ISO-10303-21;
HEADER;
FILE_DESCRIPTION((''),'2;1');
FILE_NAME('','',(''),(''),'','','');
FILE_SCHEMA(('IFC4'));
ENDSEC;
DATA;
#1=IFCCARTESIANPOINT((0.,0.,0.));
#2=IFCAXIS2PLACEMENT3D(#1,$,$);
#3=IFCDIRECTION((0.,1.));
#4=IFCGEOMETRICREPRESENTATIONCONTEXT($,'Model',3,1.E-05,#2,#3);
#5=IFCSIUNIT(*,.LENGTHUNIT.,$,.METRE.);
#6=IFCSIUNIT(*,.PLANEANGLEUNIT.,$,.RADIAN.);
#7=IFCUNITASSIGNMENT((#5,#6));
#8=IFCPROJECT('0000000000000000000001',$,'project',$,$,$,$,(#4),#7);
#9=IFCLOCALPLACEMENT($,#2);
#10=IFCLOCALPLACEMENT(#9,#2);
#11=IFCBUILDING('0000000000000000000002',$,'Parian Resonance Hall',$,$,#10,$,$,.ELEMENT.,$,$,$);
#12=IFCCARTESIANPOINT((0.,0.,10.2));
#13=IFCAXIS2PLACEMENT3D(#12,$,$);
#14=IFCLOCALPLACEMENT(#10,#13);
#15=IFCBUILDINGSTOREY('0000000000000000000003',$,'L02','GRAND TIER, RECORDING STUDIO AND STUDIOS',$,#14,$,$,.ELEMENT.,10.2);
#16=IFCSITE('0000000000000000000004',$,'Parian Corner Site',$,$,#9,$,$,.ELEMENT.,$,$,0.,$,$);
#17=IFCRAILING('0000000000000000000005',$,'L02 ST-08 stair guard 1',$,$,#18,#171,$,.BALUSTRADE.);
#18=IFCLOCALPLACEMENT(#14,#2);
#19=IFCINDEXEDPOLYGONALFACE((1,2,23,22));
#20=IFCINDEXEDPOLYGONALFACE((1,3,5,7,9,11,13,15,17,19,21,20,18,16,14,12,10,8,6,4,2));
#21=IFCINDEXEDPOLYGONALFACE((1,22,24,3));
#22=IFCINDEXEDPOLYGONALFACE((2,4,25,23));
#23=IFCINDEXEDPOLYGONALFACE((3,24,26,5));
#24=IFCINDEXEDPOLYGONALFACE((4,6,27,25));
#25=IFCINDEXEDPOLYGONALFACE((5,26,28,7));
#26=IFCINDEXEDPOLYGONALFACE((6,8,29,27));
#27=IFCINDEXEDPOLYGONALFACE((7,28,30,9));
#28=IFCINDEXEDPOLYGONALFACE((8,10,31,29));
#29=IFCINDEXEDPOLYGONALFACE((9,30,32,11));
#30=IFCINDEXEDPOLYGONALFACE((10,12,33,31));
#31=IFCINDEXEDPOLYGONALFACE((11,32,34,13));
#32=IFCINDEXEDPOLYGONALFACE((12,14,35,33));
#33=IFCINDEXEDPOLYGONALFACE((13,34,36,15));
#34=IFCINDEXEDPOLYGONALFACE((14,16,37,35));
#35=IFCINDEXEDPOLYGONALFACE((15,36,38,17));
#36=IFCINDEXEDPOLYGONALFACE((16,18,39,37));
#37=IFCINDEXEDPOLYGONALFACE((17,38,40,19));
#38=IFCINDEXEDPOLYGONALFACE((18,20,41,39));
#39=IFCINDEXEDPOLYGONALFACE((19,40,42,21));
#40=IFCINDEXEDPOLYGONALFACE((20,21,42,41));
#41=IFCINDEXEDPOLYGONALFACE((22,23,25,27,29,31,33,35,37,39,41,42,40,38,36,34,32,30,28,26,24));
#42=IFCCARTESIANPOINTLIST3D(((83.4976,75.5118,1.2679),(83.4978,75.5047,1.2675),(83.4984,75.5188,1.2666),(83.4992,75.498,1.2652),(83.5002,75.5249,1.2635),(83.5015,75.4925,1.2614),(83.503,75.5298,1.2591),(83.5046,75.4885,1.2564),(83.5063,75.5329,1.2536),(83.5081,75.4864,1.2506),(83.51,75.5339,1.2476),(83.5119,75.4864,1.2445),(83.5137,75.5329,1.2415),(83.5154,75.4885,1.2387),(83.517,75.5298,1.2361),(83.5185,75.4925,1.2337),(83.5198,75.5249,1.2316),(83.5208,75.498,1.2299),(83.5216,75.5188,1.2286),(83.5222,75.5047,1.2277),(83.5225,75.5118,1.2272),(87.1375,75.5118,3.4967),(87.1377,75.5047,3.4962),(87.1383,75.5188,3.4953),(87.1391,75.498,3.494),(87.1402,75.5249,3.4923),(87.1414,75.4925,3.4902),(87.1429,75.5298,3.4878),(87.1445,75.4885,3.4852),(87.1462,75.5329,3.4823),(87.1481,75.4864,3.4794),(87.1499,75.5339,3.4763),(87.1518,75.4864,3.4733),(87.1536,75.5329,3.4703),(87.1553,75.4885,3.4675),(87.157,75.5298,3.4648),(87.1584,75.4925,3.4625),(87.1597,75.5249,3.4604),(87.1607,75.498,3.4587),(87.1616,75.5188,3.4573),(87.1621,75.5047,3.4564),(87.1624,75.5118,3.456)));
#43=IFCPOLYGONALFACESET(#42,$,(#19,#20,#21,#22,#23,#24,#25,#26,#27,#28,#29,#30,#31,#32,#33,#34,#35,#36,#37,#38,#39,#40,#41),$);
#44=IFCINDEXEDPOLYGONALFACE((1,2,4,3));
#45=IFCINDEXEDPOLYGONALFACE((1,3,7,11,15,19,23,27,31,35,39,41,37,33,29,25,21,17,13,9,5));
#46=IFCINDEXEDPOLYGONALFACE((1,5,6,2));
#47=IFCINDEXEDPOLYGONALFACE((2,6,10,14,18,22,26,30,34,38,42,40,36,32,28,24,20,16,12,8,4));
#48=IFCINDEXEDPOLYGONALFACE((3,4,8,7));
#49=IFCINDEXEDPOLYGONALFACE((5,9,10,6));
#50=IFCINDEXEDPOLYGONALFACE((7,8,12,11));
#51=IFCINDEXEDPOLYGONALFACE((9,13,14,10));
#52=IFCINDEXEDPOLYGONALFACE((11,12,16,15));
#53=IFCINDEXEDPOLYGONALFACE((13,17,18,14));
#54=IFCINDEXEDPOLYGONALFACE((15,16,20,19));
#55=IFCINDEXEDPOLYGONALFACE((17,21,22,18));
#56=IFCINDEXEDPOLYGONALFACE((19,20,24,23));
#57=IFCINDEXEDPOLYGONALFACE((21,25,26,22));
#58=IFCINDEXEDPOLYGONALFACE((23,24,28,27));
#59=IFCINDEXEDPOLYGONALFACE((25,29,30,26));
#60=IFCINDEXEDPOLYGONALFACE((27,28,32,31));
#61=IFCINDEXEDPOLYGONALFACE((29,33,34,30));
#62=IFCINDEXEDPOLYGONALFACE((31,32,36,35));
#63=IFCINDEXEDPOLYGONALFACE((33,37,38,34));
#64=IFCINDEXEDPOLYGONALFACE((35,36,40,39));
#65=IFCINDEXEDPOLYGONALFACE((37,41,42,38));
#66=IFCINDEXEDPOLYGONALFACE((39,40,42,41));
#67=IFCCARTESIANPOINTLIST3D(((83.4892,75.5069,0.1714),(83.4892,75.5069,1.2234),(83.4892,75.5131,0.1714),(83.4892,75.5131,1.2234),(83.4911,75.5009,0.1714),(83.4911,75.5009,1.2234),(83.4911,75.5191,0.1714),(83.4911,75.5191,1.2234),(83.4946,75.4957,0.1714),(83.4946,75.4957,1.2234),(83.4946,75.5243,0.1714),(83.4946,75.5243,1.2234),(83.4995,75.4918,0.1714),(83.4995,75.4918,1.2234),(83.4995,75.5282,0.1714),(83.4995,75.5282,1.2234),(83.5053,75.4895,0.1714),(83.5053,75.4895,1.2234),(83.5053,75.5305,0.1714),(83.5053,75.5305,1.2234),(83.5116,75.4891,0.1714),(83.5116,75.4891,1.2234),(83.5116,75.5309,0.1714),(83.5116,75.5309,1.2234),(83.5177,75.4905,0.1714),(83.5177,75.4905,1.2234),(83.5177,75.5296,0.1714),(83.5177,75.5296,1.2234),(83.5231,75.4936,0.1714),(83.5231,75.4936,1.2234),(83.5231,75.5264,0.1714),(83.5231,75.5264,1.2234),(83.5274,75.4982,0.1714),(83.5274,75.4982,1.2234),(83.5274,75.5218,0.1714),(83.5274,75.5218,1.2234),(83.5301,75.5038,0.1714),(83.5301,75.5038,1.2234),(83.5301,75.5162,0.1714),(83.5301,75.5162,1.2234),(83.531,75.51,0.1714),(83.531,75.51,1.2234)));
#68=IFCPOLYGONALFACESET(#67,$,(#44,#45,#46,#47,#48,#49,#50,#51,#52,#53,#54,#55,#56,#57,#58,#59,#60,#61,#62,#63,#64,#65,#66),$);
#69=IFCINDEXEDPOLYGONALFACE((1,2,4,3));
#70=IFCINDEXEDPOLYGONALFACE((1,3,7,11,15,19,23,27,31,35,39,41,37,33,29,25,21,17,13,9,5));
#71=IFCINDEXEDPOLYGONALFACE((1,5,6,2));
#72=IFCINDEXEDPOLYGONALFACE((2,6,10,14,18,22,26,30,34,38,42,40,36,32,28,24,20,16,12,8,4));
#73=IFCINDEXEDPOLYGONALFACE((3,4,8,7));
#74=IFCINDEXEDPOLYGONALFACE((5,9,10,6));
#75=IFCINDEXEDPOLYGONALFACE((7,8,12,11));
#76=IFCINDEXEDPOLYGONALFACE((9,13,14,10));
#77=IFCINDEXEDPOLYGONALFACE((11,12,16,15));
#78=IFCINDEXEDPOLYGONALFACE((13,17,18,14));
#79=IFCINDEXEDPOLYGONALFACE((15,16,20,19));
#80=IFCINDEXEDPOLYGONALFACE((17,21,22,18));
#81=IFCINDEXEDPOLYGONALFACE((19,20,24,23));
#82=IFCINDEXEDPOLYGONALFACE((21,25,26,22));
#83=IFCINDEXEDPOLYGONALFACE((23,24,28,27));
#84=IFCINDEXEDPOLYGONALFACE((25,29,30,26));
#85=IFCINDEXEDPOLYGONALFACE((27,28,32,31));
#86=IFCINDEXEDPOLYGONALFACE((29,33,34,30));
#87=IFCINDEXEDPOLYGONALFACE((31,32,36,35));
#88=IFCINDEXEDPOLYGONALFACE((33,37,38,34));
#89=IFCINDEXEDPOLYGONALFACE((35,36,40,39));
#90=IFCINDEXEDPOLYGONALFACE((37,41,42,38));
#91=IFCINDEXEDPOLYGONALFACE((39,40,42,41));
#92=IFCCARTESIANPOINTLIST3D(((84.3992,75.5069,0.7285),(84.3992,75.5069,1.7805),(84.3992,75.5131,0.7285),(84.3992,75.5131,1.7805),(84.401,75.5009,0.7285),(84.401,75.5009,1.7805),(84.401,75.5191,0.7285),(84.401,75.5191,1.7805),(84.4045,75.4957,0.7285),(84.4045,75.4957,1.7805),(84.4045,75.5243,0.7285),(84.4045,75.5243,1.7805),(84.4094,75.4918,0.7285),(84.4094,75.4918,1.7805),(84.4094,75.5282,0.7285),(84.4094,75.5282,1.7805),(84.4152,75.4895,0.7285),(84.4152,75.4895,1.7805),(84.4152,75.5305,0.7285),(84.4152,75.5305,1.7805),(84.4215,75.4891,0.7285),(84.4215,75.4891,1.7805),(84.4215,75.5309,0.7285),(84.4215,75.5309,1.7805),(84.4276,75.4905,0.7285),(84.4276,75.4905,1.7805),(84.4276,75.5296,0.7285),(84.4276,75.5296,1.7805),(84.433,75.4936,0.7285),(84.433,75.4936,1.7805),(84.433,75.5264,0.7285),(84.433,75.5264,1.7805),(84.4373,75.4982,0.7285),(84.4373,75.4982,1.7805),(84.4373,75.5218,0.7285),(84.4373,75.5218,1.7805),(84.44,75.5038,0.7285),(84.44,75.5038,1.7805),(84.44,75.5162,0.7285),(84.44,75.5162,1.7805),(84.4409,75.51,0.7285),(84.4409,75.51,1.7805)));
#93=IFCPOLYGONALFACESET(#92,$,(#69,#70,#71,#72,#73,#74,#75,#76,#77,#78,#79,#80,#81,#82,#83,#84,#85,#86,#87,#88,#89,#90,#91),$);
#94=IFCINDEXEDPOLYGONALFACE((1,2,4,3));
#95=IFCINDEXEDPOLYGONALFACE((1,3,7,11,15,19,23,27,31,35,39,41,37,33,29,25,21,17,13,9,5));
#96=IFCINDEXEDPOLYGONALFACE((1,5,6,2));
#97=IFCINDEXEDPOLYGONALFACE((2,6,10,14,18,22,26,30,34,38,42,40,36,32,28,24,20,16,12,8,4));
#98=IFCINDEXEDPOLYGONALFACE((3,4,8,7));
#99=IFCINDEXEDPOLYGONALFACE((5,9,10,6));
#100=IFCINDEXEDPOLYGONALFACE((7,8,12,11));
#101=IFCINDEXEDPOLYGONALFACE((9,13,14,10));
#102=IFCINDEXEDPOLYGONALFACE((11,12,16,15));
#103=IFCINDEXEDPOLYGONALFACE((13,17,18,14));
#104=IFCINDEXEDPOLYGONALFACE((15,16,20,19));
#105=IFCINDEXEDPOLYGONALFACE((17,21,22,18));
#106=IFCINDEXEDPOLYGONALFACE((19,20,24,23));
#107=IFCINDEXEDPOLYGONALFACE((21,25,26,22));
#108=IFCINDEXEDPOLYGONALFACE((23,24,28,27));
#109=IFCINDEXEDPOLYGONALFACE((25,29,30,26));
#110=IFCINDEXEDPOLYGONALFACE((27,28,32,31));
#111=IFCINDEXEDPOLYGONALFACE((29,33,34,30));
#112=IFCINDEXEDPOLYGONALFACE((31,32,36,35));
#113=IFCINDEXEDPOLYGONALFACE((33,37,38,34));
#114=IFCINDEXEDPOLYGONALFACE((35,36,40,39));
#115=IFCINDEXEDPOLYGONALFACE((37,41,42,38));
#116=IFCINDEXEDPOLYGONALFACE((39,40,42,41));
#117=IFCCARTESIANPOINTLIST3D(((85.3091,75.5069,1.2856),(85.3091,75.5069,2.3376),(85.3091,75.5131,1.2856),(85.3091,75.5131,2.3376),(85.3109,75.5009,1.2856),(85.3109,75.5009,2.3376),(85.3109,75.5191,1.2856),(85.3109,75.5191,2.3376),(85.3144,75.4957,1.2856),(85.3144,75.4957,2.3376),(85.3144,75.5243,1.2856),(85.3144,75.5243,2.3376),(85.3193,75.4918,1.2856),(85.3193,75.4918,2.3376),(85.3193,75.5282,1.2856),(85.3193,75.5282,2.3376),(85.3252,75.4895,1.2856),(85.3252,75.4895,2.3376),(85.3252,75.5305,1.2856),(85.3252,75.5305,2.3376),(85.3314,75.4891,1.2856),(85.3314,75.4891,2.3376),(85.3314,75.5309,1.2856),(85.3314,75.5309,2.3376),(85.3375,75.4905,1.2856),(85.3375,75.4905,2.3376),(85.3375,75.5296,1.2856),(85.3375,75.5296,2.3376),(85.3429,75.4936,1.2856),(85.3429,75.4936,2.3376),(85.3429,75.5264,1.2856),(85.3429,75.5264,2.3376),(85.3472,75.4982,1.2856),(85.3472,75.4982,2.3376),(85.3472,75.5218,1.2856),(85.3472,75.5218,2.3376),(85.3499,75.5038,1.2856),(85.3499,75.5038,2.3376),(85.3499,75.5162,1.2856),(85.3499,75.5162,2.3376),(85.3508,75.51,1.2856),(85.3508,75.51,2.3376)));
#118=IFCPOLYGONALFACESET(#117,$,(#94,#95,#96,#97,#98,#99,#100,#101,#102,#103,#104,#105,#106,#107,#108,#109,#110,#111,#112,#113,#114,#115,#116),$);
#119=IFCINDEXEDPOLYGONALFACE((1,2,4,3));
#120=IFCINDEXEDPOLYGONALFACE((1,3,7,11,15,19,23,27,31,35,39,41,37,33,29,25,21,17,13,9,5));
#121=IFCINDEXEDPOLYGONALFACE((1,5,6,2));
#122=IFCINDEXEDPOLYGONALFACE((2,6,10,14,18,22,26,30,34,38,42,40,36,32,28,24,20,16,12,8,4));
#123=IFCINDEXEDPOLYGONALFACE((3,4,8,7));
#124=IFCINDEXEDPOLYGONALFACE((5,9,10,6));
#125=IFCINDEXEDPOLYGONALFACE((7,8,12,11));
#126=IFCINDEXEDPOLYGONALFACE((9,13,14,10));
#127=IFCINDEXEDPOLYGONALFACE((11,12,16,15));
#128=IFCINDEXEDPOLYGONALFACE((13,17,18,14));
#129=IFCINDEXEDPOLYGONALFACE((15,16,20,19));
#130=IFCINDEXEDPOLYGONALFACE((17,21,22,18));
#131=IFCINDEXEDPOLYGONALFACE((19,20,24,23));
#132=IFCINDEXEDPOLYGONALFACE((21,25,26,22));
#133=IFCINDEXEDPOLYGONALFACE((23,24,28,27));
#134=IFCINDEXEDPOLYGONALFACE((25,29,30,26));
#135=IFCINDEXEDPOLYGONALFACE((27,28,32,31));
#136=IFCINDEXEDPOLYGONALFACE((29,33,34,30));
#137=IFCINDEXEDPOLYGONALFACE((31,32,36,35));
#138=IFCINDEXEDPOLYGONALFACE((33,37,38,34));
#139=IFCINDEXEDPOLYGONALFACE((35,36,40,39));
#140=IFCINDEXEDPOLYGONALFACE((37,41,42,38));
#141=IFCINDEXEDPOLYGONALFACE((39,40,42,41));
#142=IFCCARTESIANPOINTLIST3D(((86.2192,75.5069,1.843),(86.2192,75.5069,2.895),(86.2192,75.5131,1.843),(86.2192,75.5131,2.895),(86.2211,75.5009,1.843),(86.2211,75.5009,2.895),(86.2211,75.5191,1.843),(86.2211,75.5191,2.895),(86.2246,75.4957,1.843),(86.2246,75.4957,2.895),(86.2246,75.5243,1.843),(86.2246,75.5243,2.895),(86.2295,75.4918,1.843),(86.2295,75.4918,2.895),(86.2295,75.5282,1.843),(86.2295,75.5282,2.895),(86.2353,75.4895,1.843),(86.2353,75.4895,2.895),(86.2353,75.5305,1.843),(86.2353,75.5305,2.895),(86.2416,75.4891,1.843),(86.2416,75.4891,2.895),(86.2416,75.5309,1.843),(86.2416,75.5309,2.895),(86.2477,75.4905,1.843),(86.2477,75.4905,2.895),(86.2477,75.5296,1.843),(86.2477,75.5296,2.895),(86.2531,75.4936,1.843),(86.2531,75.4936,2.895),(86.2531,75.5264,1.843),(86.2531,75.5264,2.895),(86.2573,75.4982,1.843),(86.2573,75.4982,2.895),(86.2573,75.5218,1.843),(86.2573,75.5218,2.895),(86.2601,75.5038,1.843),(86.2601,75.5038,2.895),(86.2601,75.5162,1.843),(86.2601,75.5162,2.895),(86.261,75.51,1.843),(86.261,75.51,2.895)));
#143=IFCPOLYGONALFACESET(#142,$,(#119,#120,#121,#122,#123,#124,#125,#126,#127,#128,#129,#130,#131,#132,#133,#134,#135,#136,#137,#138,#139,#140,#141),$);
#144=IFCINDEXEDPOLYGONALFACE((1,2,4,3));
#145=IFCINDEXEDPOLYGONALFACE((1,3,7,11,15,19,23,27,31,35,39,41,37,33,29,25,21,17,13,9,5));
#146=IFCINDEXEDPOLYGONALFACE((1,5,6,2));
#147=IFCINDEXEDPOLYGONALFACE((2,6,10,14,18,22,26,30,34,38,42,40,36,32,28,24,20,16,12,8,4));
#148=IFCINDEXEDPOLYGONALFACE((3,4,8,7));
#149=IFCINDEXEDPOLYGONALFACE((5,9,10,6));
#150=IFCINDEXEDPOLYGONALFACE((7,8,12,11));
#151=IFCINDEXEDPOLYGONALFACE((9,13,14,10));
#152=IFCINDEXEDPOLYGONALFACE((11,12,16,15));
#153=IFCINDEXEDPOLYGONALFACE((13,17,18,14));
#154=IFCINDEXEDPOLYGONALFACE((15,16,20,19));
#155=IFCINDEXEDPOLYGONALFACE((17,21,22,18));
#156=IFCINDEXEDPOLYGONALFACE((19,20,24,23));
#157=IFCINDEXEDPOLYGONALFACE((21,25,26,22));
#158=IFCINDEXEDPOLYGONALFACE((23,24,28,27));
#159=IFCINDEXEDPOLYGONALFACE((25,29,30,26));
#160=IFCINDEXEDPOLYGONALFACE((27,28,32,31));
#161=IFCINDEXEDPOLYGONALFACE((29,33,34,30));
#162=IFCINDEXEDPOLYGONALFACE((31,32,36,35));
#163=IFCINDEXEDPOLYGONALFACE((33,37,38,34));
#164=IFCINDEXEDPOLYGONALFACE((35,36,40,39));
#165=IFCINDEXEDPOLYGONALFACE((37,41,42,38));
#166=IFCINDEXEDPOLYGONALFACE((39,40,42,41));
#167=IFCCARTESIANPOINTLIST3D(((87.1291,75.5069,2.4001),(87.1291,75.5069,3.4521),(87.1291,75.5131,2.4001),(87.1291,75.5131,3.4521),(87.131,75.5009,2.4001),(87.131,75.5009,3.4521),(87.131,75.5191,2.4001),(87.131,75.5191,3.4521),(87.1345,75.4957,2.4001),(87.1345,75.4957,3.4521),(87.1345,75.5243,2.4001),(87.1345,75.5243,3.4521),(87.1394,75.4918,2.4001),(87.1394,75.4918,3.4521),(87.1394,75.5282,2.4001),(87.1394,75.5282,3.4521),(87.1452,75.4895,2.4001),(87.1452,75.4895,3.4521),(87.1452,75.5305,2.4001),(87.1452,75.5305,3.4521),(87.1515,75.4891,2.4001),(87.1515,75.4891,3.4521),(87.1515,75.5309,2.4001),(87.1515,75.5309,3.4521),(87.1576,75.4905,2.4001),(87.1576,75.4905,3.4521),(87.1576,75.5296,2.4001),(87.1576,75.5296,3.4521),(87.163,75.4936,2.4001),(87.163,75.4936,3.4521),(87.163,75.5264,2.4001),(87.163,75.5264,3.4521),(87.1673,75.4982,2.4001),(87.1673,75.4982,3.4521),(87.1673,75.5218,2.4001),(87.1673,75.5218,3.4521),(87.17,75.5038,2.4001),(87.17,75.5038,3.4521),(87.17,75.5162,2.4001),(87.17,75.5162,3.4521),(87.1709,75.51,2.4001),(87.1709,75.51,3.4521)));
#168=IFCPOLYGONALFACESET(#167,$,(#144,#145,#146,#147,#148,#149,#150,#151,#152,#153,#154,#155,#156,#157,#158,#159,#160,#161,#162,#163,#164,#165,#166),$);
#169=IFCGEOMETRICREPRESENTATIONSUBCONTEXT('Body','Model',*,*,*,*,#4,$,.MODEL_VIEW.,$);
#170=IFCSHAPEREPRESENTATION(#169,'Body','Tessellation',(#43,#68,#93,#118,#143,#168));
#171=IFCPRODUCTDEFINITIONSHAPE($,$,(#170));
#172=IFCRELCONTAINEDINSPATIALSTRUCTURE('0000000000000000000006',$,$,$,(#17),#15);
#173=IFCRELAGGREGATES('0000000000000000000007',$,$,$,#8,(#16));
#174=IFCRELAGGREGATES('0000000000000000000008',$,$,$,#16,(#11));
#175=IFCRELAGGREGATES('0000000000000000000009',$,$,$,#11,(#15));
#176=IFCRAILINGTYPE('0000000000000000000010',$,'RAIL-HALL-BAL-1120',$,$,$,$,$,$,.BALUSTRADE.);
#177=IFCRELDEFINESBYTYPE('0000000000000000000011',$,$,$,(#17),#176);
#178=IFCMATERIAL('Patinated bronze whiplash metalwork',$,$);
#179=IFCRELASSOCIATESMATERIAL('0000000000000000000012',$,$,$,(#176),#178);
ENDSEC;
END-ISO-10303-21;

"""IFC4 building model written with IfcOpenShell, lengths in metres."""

from ifc_helpers import new_model, si_unit, direction, frame, origin, origin_2d, place, context, subcontext, project, spatial, circle, extrude, material, type_object, element, save


model = new_model("IFC4")

# Units and contexts
model_context = context("Model", 3, precision=1e-05, world=origin(), true_north=direction((0.0, 1.0)))
body_context = subcontext(model_context, "Body", "Model", "MODEL_VIEW")
ifc_project = project(units=[si_unit("LENGTHUNIT", "METRE"), si_unit("PLANEANGLEUNIT", "RADIAN")], contexts=[model_context])

# Site, building, storey
site_placement = place(None, origin())
site = spatial("IfcSite", under=ifc_project, at=site_placement, Name="Parian Corner Site", CompositionType="ELEMENT", RefElevation=0.0)
building_placement = place(site_placement, origin())
building = spatial("IfcBuilding", under=site, at=building_placement, Name="Parian Resonance Hall", CompositionType="ELEMENT")
storey_placement = place(building_placement, frame((0.0, 0.0, 10.2)))
storey = spatial("IfcBuildingStorey", under=building, at=storey_placement, Name="L02", Description="GRAND TIER, RECORDING STUDIO AND STUDIOS", CompositionType="ELEMENT", Elevation=10.2)

# Railing
ifc_material_1 = material(Name="Patinated bronze whiplash metalwork")
railing_type_1 = type_object("IfcRailingType", Name="RAIL-HALL-BAL-1120", PredefinedType="BALUSTRADE", material=ifc_material_1)
railing_1_placement = place(storey_placement, frame((83.51, 75.51, 0.1714)))
element("IfcRailing", 1, at=railing_1_placement, inside=storey, type_object=railing_type_1, Name="L02 ST-08 stair guard 1", PredefinedType="BALUSTRADE", context=body_context, shape_type="SweptSolid", body=[
    extrude(circle(Radius=0.0239, at=origin_2d()), frame((0.0, 0.0, 1.0762), z_axis=(0.852825, 0.0, 0.522197), x_axis=(0.0, 1.0, 0.0)), (0.0, 0.0, 1.0), 4.2681),
    extrude(circle(Radius=0.021, at=origin_2d()), origin(), (0.0, 0.0, 1.0), 1.052),
    extrude(circle(Radius=0.021, at=origin_2d()), frame((0.9099, 0.0, 0.5571)), (0.0, 0.0, 1.0), 1.052),
    extrude(circle(Radius=0.021, at=origin_2d()), frame((1.8198, 0.0, 1.1143)), (0.0, 0.0, 1.0), 1.052),
    extrude(circle(Radius=0.021, at=origin_2d()), frame((2.73, 0.0, 1.6716)), (0.0, 0.0, 1.0), 1.052),
    extrude(circle(Radius=0.021, at=origin_2d()), frame((3.6399, 0.0, 2.2288)), (0.0, 0.0, 1.0), 1.052),
])

save(model, "model.ifc")
